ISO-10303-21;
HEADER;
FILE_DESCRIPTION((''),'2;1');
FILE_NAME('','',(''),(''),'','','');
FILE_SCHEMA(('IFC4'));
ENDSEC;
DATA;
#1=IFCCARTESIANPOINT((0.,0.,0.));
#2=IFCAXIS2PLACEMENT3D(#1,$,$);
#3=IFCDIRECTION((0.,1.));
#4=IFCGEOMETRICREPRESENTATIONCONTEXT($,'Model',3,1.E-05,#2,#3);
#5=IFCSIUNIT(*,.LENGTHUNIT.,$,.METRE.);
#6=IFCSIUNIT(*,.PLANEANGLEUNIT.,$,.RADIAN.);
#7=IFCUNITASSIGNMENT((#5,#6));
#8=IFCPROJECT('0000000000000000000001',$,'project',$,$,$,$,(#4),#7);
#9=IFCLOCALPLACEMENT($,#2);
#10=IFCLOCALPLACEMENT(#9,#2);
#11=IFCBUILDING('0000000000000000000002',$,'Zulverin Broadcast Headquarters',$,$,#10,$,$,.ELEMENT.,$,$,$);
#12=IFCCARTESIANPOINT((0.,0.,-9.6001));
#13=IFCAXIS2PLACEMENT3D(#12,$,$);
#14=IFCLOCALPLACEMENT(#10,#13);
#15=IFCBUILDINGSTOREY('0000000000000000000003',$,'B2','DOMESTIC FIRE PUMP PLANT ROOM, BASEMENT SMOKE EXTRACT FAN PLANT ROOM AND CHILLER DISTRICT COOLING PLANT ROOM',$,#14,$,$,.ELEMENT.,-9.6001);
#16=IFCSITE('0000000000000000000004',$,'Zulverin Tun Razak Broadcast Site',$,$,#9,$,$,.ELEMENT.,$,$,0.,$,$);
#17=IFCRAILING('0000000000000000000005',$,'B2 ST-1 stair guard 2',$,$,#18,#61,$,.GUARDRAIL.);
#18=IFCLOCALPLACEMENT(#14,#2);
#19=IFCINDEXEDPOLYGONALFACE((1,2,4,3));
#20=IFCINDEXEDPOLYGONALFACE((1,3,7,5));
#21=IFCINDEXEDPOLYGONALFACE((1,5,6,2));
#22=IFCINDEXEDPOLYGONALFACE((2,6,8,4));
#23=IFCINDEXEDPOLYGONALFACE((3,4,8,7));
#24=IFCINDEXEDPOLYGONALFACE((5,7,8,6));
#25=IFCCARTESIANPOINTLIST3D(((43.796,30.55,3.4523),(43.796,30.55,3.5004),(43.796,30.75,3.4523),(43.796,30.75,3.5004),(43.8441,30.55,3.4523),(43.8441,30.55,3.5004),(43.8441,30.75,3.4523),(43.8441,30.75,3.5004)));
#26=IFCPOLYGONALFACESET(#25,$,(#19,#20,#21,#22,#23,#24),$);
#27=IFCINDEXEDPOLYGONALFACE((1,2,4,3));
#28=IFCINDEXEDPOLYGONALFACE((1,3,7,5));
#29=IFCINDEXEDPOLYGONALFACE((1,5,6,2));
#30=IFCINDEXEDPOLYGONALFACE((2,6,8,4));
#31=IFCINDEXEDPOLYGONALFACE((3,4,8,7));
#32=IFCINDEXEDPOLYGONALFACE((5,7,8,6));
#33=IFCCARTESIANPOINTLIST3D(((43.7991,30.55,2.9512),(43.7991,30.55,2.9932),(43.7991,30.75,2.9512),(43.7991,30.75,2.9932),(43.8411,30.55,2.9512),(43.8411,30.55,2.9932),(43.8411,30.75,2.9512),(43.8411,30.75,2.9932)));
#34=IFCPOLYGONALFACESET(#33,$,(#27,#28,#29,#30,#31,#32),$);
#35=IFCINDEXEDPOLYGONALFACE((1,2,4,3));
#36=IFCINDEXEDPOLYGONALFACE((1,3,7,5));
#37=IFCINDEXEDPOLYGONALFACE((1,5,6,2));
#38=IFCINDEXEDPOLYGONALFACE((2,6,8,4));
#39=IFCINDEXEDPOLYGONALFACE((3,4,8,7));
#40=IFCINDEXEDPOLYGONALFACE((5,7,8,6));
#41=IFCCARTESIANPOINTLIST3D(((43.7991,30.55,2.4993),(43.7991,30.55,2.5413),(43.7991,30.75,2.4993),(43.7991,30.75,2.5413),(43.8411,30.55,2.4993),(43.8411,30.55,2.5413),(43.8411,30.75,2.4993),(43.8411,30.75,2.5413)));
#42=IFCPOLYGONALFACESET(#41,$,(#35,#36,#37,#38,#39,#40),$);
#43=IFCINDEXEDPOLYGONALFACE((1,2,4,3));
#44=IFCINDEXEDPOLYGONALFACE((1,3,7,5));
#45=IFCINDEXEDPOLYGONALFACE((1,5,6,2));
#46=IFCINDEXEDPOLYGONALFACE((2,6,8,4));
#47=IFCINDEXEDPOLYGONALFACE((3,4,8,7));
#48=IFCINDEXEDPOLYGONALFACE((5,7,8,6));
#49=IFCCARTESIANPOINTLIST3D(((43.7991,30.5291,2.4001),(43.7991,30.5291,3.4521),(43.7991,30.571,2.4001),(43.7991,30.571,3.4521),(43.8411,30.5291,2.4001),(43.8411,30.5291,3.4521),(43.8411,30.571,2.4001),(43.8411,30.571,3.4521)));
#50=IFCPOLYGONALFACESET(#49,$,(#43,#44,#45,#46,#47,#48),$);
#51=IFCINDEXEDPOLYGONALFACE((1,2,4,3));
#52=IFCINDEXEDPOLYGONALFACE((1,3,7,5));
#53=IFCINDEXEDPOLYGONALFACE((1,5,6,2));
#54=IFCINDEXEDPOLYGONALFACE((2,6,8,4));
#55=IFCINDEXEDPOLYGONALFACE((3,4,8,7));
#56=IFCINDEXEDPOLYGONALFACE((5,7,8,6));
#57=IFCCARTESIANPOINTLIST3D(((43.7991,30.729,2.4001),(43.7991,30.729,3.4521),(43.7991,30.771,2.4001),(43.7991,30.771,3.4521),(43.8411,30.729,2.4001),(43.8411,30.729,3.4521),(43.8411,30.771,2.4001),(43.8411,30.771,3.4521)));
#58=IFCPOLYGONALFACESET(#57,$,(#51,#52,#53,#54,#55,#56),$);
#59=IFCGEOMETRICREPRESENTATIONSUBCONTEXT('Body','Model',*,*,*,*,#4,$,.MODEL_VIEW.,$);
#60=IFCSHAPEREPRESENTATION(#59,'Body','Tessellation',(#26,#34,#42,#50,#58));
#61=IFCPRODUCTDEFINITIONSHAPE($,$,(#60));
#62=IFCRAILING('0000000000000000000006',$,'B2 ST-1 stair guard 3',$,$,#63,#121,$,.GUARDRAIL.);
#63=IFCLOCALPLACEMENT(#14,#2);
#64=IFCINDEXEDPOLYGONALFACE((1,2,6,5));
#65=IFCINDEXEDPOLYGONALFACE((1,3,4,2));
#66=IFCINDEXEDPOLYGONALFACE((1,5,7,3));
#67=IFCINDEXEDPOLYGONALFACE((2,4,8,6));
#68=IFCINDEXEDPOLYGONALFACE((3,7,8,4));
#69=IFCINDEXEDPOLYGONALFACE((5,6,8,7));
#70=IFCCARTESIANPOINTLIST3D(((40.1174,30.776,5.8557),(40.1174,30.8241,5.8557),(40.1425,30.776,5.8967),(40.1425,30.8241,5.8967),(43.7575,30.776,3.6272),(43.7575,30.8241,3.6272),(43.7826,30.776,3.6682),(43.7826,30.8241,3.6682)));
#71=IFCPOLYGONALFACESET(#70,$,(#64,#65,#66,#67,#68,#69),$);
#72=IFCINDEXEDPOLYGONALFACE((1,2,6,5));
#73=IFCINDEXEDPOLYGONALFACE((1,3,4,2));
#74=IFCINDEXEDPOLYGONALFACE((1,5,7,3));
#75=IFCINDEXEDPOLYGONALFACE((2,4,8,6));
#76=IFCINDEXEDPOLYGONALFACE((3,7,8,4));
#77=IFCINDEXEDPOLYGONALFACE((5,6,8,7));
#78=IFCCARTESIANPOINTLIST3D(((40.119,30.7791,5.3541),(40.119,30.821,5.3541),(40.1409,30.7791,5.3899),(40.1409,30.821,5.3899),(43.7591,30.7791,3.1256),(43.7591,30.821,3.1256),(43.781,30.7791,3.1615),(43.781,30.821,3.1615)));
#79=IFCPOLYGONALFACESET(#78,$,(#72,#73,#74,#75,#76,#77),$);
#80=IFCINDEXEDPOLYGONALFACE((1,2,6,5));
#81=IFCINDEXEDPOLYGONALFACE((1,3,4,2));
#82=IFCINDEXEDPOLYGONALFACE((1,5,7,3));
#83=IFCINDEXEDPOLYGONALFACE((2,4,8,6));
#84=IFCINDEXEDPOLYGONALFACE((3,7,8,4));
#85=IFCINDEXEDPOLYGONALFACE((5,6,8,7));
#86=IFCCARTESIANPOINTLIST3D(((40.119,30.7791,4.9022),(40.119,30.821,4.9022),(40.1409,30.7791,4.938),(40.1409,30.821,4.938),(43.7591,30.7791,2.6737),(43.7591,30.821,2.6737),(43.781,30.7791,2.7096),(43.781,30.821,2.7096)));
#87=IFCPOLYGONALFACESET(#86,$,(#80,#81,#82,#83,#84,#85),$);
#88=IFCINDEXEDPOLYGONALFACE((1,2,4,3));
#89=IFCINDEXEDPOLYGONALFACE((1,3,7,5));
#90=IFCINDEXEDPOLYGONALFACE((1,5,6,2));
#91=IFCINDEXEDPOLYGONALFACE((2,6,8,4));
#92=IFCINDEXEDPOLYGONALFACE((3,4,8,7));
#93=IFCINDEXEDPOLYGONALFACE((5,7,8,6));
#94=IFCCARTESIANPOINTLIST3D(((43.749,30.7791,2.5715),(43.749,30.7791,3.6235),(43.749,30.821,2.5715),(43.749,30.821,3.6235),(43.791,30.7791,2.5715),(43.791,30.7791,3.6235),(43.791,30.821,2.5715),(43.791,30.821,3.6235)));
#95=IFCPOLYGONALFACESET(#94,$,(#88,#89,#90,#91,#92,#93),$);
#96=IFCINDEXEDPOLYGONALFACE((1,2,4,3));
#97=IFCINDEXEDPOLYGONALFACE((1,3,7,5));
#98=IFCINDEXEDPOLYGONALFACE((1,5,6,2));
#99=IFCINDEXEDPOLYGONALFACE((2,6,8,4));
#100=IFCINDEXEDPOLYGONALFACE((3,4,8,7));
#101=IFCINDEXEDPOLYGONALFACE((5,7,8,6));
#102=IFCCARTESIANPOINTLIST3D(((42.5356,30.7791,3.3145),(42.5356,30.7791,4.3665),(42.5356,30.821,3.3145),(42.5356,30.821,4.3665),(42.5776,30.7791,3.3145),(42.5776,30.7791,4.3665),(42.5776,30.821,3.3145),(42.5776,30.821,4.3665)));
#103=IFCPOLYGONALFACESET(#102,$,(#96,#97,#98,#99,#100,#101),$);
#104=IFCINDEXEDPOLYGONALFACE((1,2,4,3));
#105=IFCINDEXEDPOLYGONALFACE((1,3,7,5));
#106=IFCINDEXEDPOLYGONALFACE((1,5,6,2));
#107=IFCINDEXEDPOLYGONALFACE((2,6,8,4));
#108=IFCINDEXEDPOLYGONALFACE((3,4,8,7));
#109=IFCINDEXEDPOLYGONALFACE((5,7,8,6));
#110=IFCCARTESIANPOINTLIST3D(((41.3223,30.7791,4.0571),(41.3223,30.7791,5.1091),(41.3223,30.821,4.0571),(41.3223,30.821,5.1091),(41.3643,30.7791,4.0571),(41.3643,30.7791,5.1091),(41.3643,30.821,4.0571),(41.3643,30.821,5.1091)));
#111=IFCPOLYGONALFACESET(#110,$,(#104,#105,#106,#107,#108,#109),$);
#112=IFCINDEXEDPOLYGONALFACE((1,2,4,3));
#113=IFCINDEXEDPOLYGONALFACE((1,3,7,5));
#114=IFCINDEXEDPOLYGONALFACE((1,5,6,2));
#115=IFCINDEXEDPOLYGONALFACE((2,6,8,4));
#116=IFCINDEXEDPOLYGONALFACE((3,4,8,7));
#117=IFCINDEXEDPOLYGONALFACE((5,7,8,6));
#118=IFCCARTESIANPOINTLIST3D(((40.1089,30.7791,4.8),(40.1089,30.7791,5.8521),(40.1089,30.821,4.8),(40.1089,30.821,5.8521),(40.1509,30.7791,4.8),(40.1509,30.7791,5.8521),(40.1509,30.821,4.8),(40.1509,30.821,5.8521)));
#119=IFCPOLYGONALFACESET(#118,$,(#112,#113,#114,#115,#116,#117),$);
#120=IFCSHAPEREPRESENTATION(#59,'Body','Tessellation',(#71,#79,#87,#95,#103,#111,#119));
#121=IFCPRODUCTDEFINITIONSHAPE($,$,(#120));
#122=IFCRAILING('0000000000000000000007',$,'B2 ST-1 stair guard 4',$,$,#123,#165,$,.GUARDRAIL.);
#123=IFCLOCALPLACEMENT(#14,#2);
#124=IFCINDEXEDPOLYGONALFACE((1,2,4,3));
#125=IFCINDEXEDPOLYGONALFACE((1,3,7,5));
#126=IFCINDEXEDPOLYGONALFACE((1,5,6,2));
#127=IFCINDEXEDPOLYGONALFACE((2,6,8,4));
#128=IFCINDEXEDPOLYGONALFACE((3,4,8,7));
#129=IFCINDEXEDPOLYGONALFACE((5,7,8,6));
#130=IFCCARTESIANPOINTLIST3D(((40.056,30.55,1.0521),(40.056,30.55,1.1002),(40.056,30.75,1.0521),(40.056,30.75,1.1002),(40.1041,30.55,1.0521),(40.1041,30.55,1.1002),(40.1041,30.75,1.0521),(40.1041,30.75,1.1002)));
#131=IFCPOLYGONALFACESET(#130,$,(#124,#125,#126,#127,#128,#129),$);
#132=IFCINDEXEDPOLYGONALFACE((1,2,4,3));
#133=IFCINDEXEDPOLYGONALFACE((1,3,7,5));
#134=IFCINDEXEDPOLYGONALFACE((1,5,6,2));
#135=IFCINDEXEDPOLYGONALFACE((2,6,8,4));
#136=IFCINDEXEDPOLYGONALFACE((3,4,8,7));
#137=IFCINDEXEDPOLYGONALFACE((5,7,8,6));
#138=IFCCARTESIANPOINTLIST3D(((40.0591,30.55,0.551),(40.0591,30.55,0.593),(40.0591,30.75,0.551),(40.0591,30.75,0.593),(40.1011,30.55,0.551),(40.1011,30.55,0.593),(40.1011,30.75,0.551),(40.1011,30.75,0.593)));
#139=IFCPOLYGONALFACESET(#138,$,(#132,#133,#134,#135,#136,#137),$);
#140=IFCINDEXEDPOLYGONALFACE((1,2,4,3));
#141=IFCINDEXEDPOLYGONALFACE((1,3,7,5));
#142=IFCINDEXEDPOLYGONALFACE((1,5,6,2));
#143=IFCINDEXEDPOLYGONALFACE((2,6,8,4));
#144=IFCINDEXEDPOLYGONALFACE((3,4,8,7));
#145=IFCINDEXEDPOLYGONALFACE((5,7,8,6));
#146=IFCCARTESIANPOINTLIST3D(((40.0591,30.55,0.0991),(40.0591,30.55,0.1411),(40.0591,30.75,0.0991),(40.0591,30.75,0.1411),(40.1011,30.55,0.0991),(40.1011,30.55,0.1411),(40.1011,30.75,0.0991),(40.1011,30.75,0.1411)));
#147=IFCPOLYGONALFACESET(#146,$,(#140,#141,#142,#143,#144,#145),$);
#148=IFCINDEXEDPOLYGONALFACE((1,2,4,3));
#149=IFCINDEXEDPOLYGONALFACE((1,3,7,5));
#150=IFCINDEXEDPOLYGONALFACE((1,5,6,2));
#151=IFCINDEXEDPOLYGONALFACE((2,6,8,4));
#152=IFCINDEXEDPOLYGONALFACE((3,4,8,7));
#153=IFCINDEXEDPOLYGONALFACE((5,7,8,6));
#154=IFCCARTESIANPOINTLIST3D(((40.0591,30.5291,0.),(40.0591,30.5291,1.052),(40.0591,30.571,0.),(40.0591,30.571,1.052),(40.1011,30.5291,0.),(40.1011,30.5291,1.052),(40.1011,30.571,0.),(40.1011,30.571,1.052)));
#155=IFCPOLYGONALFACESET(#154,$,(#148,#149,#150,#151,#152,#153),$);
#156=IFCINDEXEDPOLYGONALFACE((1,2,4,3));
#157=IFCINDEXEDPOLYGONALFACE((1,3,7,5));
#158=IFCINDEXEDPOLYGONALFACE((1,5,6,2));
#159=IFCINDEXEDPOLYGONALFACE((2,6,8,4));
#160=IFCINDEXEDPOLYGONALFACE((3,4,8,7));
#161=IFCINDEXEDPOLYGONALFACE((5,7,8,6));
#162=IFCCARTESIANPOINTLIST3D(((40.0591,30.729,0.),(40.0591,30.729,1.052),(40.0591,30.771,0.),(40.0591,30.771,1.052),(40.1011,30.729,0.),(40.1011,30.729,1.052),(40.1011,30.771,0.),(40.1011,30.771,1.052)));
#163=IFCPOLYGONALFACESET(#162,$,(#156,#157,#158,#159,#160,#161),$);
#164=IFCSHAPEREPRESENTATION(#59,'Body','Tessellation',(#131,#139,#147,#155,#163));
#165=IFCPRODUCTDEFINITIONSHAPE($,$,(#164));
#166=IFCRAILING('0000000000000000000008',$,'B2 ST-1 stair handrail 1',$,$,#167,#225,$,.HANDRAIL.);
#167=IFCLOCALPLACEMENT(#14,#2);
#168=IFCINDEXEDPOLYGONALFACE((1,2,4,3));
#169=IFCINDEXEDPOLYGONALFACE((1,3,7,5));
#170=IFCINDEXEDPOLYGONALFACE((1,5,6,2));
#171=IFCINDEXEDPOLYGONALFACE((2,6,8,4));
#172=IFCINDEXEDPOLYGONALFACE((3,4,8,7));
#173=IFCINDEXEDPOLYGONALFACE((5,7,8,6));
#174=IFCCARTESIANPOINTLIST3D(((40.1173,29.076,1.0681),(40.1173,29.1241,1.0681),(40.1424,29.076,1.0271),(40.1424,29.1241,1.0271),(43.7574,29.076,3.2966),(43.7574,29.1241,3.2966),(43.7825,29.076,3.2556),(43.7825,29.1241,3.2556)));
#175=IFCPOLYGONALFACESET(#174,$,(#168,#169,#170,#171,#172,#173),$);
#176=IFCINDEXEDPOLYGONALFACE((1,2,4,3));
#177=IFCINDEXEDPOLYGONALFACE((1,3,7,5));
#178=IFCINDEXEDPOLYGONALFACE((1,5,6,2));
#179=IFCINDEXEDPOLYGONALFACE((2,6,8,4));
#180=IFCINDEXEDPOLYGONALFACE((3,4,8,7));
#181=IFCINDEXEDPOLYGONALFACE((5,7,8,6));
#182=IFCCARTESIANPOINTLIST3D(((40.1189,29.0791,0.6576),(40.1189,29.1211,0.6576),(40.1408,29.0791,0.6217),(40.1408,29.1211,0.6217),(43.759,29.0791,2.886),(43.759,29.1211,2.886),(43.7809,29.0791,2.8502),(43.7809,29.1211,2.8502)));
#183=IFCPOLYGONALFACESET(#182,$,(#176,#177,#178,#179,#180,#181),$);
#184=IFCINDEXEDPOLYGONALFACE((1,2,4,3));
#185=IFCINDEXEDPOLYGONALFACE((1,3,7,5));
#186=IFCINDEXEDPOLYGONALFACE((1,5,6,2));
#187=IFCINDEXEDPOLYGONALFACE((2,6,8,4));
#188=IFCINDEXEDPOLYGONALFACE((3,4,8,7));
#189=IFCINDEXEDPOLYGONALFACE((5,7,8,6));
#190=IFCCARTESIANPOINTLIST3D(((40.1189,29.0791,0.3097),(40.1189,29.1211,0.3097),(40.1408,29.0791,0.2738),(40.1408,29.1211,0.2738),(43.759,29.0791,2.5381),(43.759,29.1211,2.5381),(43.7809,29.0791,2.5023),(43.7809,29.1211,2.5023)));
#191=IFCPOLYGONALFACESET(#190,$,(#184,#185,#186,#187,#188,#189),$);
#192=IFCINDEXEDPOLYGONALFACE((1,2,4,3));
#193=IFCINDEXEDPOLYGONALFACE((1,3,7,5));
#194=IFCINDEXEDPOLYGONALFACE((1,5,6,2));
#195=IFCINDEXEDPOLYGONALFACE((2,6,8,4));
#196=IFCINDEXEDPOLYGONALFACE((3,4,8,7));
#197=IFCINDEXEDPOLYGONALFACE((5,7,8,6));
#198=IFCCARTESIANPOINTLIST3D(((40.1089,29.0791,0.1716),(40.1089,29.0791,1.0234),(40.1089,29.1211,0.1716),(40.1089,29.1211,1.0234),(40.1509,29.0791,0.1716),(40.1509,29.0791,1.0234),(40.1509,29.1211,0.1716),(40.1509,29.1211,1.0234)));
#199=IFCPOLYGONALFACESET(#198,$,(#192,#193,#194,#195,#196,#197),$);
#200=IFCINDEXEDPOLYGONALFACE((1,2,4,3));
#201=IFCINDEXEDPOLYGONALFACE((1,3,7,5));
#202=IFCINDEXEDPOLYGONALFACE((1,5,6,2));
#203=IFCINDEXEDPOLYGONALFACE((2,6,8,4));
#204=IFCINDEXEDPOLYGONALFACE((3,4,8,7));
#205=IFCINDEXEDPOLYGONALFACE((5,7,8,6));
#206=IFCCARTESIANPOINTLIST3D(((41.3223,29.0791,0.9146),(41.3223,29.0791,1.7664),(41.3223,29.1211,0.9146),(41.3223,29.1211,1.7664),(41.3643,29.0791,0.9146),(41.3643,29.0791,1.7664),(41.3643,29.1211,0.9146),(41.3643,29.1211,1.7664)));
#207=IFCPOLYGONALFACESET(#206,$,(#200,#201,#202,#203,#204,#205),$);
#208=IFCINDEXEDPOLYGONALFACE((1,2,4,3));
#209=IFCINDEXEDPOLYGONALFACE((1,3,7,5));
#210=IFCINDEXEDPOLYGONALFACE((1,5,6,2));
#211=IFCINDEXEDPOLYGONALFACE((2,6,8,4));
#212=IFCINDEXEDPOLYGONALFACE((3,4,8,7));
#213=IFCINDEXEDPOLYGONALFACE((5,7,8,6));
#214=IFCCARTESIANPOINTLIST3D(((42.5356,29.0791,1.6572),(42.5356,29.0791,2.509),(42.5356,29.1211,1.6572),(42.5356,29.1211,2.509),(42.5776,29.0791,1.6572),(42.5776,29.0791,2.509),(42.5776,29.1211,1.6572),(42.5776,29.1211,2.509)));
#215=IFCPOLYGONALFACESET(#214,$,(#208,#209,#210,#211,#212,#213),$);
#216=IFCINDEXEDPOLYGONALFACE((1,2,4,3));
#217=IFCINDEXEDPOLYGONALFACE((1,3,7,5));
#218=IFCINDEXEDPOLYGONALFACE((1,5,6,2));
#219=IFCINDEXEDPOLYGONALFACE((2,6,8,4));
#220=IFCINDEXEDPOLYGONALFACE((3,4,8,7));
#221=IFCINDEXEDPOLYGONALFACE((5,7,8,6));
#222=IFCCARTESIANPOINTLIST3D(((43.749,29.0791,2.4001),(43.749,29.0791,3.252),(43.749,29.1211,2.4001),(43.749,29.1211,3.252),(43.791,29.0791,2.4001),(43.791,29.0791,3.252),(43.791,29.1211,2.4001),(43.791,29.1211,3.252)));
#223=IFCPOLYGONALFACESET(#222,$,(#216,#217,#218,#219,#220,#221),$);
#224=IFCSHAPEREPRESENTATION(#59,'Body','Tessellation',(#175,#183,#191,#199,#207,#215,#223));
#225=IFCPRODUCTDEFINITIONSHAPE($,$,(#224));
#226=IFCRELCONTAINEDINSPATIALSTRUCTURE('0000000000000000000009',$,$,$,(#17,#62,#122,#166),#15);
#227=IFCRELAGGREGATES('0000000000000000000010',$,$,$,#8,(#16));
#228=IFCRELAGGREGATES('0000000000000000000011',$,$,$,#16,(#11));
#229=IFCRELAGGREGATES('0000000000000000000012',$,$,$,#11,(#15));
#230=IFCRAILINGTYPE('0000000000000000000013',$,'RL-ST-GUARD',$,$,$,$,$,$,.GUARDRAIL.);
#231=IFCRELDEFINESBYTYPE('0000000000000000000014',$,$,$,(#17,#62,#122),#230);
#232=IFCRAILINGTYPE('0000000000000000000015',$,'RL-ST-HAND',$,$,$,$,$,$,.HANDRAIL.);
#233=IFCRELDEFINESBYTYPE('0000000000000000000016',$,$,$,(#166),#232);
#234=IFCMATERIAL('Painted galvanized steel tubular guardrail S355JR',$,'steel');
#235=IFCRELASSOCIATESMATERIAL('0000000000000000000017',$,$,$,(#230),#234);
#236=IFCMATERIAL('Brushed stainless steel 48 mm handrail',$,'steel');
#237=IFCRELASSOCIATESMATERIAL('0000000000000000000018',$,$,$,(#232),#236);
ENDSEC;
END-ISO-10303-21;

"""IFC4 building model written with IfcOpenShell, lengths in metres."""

from ifc_helpers import new_model, si_unit, direction, frame, origin, origin_2d, place, context, subcontext, project, spatial, rectangle, extrude, material, type_object, element, save


model = new_model("IFC4")

# Units and contexts
model_context = context("Model", 3, precision=1e-05, world=origin(), true_north=direction((0.0, 1.0)))
body_context = subcontext(model_context, "Body", "Model", "MODEL_VIEW")
ifc_project = project(units=[si_unit("LENGTHUNIT", "METRE"), si_unit("PLANEANGLEUNIT", "RADIAN")], contexts=[model_context])

# Site, building, storey
site_placement = place(None, origin())
site = spatial("IfcSite", under=ifc_project, at=site_placement, Name="Zulverin Tun Razak Broadcast Site", CompositionType="ELEMENT", RefElevation=0.0)
building_placement = place(site_placement, origin())
building = spatial("IfcBuilding", under=site, at=building_placement, Name="Zulverin Broadcast Headquarters", CompositionType="ELEMENT")
storey_placement = place(building_placement, frame((0.0, 0.0, -9.6001)))
storey = spatial("IfcBuildingStorey", under=building, at=storey_placement, Name="B2", Description="DOMESTIC FIRE PUMP PLANT ROOM, BASEMENT SMOKE EXTRACT FAN PLANT ROOM AND CHILLER DISTRICT COOLING PLANT ROOM", CompositionType="ELEMENT", Elevation=-9.6001)

# Railings
ifc_material_1 = material(Name="Painted galvanized steel tubular guardrail S355JR", Category="steel")
railing_type_1 = type_object("IfcRailingType", Name="RL-ST-GUARD", PredefinedType="GUARDRAIL", material=ifc_material_1)
railing_1_placement = place(storey_placement, frame((43.8201, 30.55, 2.4001)))
element("IfcRailing", 1, at=railing_1_placement, inside=storey, type_object=railing_type_1, Name="B2 ST-1 stair guard 2", PredefinedType="GUARDRAIL", context=body_context, shape_type="SweptSolid", body=[
    extrude(rectangle(XDim=0.0481, YDim=0.0481, at=origin_2d()), frame((0.0, 0.0, 1.0762), z_axis=(0.0, 1.0, 0.0), x_axis=(-1.0, 0.0, 0.0)), (0.0, 0.0, 1.0), 0.2),
    extrude(rectangle(XDim=0.042, YDim=0.042, at=origin_2d()), frame((0.0, 0.0, 0.572), z_axis=(0.0, 1.0, 0.0), x_axis=(-1.0, 0.0, 0.0)), (0.0, 0.0, 1.0), 0.2),
    extrude(rectangle(XDim=0.042, YDim=0.042, at=origin_2d()), frame((0.0, 0.0, 0.1201), z_axis=(0.0, 1.0, 0.0), x_axis=(-1.0, 0.0, 0.0)), (0.0, 0.0, 1.0), 0.2),
    extrude(rectangle(XDim=0.042, YDim=0.042, at=origin_2d()), origin(), (0.0, 0.0, 1.0), 1.052),
    extrude(rectangle(XDim=0.042, YDim=0.042, at=origin_2d()), frame((0.0, 0.2, 0.0)), (0.0, 0.0, 1.0), 1.052),
])
railing_2_placement = place(storey_placement, frame((43.77, 30.8, 2.5715)))
element("IfcRailing", 2, at=railing_2_placement, inside=storey, type_object=railing_type_1, Name="B2 ST-1 stair guard 3", PredefinedType="GUARDRAIL", context=body_context, shape_type="SweptSolid", body=[
    extrude(rectangle(XDim=0.0481, YDim=0.0481, at=origin_2d()), frame((0.0, 0.0, 1.0762), z_axis=(-0.852866, 0.0, 0.52213), x_axis=(0.0, -1.0, 0.0)), (0.0, 0.0, 1.0), 4.2681),
    extrude(rectangle(XDim=0.042, YDim=0.042, at=origin_2d()), frame((0.0, 0.0, 0.572), z_axis=(-0.852866, 0.0, 0.52213), x_axis=(0.0, -1.0, 0.0)), (0.0, 0.0, 1.0), 4.2681),
    extrude(rectangle(XDim=0.042, YDim=0.042, at=origin_2d()), frame((0.0, 0.0, 0.1201), z_axis=(-0.852866, 0.0, 0.52213), x_axis=(0.0, -1.0, 0.0)), (0.0, 0.0, 1.0), 4.2681),
    extrude(rectangle(XDim=0.042, YDim=0.042, at=origin_2d()), origin(), (0.0, 0.0, 1.0), 1.052),
    extrude(rectangle(XDim=0.042, YDim=0.042, at=origin_2d()), frame((-1.2134, 0.0, 0.7429)), (0.0, 0.0, 1.0), 1.052),
    extrude(rectangle(XDim=0.042, YDim=0.042, at=origin_2d()), frame((-2.4268, 0.0, 1.4856)), (0.0, 0.0, 1.0), 1.052),
    extrude(rectangle(XDim=0.042, YDim=0.042, at=origin_2d()), frame((-3.6401, 0.0, 2.2285)), (0.0, 0.0, 1.0), 1.052),
])
railing_3_placement = place(storey_placement, frame((40.0801, 30.55, 0.0)))
element("IfcRailing", 3, at=railing_3_placement, inside=storey, type_object=railing_type_1, Name="B2 ST-1 stair guard 4", PredefinedType="GUARDRAIL", context=body_context, shape_type="SweptSolid", body=[
    extrude(rectangle(XDim=0.0481, YDim=0.0481, at=origin_2d()), frame((0.0, 0.0, 1.0762), z_axis=(0.0, 1.0, 0.0), x_axis=(-1.0, 0.0, 0.0)), (0.0, 0.0, 1.0), 0.2),
    extrude(rectangle(XDim=0.042, YDim=0.042, at=origin_2d()), frame((0.0, 0.0, 0.572), z_axis=(0.0, 1.0, 0.0), x_axis=(-1.0, 0.0, 0.0)), (0.0, 0.0, 1.0), 0.2),
    extrude(rectangle(XDim=0.042, YDim=0.042, at=origin_2d()), frame((0.0, 0.0, 0.1201), z_axis=(0.0, 1.0, 0.0), x_axis=(-1.0, 0.0, 0.0)), (0.0, 0.0, 1.0), 0.2),
    extrude(rectangle(XDim=0.042, YDim=0.042, at=origin_2d()), origin(), (0.0, 0.0, 1.0), 1.052),
    extrude(rectangle(XDim=0.042, YDim=0.042, at=origin_2d()), frame((0.0, 0.2, 0.0)), (0.0, 0.0, 1.0), 1.052),
])
ifc_material_2 = material(Name="Brushed stainless steel 48 mm handrail", Category="steel")
railing_type_2 = type_object("IfcRailingType", Name="RL-ST-HAND", PredefinedType="HANDRAIL", material=ifc_material_2)
railing_4_placement = place(storey_placement, frame((40.1299, 29.1001, 0.1716)))
element("IfcRailing", 4, at=railing_4_placement, inside=storey, type_object=railing_type_2, Name="B2 ST-1 stair handrail 1", PredefinedType="HANDRAIL", context=body_context, shape_type="SweptSolid", body=[
    extrude(rectangle(XDim=0.0481, YDim=0.0481, at=origin_2d()), frame((0.0, 0.0, 0.876), z_axis=(0.852866, 0.0, 0.52213), x_axis=(0.0, 1.0, 0.0)), (0.0, 0.0, 1.0), 4.2681),
    extrude(rectangle(XDim=0.042, YDim=0.042, at=origin_2d()), frame((0.0, 0.0, 0.468), z_axis=(0.852866, 0.0, 0.52213), x_axis=(0.0, 1.0, 0.0)), (0.0, 0.0, 1.0), 4.2681),
    extrude(rectangle(XDim=0.042, YDim=0.042, at=origin_2d()), frame((0.0, 0.0, 0.1201), z_axis=(0.852866, 0.0, 0.52213), x_axis=(0.0, 1.0, 0.0)), (0.0, 0.0, 1.0), 4.2681),
    extrude(rectangle(XDim=0.042, YDim=0.042, at=origin_2d()), origin(), (0.0, 0.0, 1.0), 0.8518),
    extrude(rectangle(XDim=0.042, YDim=0.042, at=origin_2d()), frame((1.2134, 0.0, 0.7429)), (0.0, 0.0, 1.0), 0.8518),
    extrude(rectangle(XDim=0.042, YDim=0.042, at=origin_2d()), frame((2.4268, 0.0, 1.4856)), (0.0, 0.0, 1.0), 0.8518),
    extrude(rectangle(XDim=0.042, YDim=0.042, at=origin_2d()), frame((3.6401, 0.0, 2.2285)), (0.0, 0.0, 1.0), 0.8518),
])

save(model, "model.ifc")
